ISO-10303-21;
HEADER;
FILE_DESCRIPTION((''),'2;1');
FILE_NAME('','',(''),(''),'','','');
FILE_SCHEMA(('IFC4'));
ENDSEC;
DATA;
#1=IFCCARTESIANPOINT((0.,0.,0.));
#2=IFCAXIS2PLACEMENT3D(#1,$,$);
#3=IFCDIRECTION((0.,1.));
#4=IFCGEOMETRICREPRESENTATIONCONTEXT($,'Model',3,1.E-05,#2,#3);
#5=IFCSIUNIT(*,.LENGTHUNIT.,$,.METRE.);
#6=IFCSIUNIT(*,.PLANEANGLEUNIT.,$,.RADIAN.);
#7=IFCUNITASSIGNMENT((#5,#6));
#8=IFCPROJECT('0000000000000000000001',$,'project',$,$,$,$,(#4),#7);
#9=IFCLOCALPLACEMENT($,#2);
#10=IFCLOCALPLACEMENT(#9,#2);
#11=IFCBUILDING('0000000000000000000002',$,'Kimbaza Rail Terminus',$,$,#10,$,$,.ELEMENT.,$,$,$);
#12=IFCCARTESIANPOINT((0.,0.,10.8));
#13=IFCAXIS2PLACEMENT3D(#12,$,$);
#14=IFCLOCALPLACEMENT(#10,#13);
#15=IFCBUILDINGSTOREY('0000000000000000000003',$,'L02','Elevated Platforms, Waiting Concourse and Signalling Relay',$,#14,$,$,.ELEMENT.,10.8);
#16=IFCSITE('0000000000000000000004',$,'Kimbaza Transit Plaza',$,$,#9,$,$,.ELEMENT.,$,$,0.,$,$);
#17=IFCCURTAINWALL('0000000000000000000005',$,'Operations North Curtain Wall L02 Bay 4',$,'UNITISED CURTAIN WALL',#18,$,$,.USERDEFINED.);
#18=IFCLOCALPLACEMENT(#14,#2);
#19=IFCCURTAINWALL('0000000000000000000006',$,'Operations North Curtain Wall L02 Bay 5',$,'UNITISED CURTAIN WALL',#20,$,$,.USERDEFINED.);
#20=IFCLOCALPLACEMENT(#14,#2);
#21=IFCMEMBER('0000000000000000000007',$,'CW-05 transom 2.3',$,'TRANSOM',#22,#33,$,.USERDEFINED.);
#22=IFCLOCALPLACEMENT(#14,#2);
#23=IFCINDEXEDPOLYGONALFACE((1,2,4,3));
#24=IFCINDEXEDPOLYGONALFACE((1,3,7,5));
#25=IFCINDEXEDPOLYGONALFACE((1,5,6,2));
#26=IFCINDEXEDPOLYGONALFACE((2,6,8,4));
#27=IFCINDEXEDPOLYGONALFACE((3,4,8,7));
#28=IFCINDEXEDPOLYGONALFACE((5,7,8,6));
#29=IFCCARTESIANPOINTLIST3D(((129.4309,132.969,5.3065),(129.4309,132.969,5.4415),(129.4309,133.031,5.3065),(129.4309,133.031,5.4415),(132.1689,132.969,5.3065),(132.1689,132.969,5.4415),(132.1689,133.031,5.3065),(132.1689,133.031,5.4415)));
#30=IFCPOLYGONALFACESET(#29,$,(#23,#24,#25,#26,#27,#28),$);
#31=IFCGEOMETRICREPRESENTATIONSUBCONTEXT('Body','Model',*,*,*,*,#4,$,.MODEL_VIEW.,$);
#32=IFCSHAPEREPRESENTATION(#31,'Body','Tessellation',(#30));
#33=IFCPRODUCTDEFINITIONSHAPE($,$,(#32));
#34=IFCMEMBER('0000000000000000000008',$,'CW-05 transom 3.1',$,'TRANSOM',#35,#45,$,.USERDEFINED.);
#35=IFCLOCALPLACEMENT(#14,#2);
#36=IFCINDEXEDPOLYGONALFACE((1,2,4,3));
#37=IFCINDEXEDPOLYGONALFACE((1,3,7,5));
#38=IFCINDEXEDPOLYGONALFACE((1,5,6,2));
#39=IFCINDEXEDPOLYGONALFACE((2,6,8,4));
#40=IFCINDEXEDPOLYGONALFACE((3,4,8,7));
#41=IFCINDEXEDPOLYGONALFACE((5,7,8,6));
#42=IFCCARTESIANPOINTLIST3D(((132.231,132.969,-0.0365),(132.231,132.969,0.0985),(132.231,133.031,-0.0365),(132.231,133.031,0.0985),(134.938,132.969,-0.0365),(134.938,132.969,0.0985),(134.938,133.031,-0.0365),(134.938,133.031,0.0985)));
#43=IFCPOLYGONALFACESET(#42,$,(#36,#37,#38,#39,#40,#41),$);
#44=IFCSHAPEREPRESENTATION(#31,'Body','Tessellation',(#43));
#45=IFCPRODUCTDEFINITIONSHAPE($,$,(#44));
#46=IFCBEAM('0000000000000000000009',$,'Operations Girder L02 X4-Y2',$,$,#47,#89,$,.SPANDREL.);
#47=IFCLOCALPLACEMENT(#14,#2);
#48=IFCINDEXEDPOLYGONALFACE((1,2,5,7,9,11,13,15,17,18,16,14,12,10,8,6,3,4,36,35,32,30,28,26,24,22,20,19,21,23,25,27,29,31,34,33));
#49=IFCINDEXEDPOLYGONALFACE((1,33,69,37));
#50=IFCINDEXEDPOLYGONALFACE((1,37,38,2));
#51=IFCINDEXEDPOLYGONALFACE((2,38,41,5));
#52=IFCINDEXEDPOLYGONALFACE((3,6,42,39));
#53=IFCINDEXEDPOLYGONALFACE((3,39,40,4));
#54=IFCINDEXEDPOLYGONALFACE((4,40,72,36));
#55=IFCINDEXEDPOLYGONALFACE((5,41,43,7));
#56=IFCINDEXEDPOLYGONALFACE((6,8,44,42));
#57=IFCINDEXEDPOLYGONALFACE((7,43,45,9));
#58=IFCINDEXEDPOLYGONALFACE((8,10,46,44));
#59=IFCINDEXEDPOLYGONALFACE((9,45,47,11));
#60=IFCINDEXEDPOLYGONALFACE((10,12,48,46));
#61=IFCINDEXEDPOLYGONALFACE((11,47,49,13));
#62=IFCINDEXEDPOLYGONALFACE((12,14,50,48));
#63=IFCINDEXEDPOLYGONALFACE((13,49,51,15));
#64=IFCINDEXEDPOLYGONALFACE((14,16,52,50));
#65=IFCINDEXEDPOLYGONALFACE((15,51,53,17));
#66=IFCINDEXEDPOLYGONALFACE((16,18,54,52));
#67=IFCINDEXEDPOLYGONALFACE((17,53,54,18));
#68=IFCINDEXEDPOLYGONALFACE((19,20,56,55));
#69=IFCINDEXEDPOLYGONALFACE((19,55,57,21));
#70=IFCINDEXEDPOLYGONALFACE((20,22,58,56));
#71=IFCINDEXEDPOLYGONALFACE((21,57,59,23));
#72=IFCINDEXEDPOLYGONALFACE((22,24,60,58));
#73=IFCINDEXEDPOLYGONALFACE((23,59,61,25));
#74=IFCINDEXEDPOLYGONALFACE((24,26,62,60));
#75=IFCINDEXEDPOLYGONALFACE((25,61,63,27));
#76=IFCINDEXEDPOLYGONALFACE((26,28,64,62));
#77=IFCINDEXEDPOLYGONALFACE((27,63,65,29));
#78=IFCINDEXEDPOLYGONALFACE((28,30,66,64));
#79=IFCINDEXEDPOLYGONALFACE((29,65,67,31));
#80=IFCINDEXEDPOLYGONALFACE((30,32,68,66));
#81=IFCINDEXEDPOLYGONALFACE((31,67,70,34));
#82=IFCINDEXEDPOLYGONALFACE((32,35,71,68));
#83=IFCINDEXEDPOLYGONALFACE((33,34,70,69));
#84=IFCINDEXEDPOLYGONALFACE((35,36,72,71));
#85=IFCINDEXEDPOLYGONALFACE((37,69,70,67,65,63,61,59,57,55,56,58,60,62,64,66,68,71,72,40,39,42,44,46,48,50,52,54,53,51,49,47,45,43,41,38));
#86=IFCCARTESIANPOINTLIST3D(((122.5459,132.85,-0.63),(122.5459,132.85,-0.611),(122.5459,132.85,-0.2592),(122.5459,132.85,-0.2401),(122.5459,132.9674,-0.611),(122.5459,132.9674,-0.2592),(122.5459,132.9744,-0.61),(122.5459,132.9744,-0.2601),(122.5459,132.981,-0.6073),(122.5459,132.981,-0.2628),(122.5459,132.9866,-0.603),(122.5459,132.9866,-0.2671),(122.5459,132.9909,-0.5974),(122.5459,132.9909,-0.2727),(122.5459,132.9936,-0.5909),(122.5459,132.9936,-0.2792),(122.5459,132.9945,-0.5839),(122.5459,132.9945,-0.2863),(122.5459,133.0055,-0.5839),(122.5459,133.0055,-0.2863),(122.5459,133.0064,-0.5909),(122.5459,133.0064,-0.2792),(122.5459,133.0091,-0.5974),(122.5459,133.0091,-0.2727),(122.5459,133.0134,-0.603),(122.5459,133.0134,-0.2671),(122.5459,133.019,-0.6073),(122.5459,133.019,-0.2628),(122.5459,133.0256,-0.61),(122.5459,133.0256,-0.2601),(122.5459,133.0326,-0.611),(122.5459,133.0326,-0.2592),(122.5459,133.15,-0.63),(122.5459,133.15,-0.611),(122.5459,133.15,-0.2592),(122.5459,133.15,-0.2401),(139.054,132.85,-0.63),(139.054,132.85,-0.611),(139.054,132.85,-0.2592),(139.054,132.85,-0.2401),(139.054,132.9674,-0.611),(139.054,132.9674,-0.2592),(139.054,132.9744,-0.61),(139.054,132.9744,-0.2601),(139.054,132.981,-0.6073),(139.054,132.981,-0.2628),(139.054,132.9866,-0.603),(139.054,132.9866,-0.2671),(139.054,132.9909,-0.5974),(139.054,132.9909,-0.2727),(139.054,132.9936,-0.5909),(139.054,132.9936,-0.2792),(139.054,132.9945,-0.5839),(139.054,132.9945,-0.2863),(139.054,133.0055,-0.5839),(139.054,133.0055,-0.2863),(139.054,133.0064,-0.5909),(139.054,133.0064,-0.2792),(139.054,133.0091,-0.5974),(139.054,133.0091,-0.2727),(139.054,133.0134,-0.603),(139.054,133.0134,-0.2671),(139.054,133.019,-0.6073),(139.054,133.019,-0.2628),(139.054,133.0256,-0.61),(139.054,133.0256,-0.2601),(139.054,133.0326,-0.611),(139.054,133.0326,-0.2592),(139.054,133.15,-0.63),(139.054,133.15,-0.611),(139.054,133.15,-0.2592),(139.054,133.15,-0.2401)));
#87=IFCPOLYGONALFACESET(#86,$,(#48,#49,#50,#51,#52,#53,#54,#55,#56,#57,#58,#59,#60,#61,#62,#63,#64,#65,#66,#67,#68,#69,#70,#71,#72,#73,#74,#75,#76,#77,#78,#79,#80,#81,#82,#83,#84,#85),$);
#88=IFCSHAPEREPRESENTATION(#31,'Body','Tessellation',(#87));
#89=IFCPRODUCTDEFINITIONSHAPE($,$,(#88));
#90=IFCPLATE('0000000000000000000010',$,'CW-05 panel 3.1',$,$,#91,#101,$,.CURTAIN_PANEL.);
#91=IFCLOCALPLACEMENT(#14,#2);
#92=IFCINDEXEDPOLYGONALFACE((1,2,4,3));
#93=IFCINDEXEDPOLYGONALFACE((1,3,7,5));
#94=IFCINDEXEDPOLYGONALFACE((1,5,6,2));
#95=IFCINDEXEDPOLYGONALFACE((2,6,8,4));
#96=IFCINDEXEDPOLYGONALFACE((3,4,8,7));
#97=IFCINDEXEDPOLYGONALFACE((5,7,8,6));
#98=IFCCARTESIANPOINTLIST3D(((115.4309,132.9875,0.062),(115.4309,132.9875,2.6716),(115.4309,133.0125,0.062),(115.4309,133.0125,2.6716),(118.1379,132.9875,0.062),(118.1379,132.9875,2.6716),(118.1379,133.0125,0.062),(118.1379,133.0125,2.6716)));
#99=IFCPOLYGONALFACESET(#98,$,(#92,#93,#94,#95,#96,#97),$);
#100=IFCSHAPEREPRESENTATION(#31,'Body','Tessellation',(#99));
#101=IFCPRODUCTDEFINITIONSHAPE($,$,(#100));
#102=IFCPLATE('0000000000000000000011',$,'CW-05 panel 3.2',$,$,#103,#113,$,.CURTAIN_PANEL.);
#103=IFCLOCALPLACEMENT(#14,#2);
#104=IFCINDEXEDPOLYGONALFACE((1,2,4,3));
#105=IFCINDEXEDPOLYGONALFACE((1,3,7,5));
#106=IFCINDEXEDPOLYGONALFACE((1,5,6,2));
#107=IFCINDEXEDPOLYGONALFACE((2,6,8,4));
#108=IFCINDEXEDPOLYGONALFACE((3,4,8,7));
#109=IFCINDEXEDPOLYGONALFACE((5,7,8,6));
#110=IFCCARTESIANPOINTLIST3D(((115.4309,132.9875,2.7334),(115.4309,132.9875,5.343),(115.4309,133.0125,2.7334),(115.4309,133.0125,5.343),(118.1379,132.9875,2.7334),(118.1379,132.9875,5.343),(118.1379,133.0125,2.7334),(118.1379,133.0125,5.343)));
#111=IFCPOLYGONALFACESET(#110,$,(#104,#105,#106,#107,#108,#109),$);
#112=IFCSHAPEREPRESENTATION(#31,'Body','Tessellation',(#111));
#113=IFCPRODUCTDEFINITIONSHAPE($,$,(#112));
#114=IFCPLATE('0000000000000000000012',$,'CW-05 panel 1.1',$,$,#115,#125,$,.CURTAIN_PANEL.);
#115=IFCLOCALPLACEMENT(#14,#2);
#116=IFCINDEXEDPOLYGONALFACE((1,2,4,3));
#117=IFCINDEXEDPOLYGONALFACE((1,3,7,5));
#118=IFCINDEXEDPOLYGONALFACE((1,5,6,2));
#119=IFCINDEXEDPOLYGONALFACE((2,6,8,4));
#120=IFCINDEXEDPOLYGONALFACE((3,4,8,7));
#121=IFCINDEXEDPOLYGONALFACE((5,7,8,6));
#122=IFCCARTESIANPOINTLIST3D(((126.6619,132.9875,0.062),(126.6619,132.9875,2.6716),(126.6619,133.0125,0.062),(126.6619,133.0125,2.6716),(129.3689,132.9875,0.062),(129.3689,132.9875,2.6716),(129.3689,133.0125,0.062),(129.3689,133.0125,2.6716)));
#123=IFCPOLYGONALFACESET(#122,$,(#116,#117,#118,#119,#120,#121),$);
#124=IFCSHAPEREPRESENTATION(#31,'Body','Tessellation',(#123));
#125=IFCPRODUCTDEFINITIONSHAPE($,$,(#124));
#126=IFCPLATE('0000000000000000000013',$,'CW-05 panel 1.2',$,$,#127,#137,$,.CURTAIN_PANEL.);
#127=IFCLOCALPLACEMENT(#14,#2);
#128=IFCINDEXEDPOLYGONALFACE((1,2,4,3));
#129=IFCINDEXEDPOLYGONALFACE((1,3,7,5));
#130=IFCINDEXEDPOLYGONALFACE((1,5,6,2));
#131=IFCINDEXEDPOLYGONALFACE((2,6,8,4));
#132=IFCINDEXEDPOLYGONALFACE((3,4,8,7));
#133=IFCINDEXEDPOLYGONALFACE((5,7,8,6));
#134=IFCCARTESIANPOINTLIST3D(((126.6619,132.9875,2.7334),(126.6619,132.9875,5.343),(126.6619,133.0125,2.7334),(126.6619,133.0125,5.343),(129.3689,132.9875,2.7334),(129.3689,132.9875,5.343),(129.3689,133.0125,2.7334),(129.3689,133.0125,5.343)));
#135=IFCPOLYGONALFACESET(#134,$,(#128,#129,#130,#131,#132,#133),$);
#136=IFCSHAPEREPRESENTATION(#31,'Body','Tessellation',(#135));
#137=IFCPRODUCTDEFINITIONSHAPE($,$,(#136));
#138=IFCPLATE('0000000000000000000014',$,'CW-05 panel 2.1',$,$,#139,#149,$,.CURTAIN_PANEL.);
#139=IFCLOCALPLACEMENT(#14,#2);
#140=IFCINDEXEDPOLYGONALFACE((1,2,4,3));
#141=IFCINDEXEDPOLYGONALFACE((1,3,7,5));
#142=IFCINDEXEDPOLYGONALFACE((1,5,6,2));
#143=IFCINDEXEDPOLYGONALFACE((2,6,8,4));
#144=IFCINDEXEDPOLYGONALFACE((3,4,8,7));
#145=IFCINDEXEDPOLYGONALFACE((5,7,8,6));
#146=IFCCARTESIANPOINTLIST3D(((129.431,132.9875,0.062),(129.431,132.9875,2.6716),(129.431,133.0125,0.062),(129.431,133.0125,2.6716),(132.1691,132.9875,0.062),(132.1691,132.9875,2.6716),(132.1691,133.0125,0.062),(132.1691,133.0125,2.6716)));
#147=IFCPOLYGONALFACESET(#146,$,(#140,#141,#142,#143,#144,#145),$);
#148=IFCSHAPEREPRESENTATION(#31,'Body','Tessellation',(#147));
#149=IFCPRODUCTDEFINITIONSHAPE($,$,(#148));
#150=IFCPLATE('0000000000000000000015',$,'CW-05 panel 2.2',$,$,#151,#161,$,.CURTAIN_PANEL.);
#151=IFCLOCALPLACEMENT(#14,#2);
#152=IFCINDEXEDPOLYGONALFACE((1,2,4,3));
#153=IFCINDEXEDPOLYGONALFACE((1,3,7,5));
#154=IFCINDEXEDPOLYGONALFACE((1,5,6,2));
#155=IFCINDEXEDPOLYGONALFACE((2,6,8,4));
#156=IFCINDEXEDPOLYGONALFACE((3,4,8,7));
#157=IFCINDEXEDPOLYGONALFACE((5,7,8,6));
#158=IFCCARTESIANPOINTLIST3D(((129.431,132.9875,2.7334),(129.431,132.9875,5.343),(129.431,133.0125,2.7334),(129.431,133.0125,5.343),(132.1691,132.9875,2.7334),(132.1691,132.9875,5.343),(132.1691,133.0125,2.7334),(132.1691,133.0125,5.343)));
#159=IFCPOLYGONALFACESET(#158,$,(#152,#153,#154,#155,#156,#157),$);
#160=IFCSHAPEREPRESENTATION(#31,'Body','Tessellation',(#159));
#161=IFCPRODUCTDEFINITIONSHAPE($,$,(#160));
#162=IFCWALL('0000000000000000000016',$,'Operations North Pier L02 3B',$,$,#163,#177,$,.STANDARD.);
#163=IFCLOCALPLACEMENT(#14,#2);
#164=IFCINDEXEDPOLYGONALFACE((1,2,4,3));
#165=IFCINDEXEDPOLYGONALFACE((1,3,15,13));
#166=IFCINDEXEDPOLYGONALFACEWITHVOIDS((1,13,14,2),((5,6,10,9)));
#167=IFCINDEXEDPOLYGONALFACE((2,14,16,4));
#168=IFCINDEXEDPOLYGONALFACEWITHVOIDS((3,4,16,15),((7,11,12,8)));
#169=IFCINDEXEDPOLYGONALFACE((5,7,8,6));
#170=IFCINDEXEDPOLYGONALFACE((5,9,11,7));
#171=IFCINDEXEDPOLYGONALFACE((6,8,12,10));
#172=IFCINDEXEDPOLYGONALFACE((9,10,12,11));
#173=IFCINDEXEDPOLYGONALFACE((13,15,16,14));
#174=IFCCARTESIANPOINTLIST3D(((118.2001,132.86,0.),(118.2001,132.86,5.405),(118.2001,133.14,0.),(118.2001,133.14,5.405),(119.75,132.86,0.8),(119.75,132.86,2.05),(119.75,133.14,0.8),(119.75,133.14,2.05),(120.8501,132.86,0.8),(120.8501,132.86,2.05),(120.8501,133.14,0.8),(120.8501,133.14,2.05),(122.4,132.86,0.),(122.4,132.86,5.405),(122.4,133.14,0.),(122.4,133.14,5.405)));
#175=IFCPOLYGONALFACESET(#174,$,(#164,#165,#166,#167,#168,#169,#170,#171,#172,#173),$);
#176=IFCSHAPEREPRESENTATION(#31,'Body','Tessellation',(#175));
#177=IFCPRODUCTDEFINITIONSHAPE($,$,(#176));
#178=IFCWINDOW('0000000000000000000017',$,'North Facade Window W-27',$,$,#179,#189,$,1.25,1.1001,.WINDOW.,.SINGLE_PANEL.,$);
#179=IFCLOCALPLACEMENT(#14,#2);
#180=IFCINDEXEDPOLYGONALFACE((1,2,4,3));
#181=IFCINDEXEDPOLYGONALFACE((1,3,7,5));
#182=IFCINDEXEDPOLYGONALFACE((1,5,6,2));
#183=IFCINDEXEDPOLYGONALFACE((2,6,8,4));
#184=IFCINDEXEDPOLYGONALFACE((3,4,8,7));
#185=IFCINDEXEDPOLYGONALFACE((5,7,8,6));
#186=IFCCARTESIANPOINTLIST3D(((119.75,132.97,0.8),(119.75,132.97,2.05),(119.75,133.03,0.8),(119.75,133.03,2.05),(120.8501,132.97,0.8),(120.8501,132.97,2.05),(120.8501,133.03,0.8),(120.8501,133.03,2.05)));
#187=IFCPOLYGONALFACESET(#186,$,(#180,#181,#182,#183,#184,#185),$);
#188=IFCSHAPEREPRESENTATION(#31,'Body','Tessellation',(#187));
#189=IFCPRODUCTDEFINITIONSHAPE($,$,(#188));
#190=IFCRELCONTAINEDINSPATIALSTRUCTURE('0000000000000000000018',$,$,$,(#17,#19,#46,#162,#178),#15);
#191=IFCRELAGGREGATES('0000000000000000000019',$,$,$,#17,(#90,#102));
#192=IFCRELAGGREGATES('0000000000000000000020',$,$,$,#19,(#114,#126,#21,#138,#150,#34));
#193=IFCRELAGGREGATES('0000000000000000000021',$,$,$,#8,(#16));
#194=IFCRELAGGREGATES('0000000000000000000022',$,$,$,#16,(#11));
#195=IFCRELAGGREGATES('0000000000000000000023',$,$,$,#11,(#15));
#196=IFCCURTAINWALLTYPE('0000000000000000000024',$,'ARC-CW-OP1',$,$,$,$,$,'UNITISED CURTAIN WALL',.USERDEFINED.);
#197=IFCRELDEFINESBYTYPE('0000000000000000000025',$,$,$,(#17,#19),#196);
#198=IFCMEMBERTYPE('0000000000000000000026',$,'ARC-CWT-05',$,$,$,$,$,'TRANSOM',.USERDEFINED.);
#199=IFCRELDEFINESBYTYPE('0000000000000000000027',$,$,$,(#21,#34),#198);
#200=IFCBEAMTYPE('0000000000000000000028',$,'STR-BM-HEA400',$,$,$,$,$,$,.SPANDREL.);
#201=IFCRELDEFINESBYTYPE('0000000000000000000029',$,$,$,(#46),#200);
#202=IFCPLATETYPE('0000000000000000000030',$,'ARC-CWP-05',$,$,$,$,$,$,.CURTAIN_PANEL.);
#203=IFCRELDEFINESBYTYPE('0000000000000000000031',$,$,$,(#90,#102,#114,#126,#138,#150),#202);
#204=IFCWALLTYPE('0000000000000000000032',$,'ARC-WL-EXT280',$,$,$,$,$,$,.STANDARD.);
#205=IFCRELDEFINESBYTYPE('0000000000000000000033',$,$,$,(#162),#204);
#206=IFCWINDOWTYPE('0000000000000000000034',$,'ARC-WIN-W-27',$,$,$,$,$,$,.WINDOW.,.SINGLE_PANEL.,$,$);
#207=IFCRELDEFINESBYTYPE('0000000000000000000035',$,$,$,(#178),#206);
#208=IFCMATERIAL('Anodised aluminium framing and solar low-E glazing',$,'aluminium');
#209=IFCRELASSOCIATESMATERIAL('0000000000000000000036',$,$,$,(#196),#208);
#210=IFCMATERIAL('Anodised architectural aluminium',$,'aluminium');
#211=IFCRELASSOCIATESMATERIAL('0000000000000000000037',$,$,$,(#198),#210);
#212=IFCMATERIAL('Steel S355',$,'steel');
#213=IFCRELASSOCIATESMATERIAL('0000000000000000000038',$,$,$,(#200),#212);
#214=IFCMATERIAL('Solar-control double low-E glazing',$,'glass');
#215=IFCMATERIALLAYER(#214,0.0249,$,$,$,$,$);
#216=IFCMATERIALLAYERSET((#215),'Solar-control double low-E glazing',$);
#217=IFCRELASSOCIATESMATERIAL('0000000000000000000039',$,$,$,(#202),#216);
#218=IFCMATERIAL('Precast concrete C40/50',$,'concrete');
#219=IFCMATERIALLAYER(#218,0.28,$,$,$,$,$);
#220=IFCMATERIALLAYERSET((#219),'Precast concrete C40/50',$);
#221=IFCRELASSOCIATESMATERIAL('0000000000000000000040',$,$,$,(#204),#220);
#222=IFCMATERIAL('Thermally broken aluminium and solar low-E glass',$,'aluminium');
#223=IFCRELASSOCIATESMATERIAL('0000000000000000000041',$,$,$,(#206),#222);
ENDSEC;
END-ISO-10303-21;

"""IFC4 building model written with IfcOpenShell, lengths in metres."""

from ifc_helpers import new_model, si_unit, direction, frame, frame_2d, origin, origin_2d, place, context, subcontext, project, spatial, rectangle, i_section, extrude, material, layer, layer_set, material_profile, profile_set, type_object, element, fill, aggregate, save


model = new_model("IFC4")

# Units and contexts
model_context = context("Model", 3, precision=1e-05, world=origin(), true_north=direction((0.0, 1.0)))
body_context = subcontext(model_context, "Body", "Model", "MODEL_VIEW")
ifc_project = project(units=[si_unit("LENGTHUNIT", "METRE"), si_unit("PLANEANGLEUNIT", "RADIAN")], contexts=[model_context])

# Site, building, storey
site_placement = place(None, origin())
site = spatial("IfcSite", under=ifc_project, at=site_placement, Name="Kimbaza Transit Plaza", CompositionType="ELEMENT", RefElevation=0.0)
building_placement = place(site_placement, origin())
building = spatial("IfcBuilding", under=site, at=building_placement, Name="Kimbaza Rail Terminus", CompositionType="ELEMENT")
storey_placement = place(building_placement, frame((0.0, 0.0, 10.8)))
storey = spatial("IfcBuildingStorey", under=building, at=storey_placement, Name="L02", Description="Elevated Platforms, Waiting Concourse and Signalling Relay", CompositionType="ELEMENT", Elevation=10.8)

# Curtain wall
ifc_material_1 = material(Name="Anodised aluminium framing and solar low-E glazing", Category="aluminium")
curtain_wall_type = type_object("IfcCurtainWallType", Name="ARC-CW-OP1", ElementType="UNITISED CURTAIN WALL", PredefinedType="USERDEFINED", material=ifc_material_1)
curtain_wall_1_placement = place(storey_placement, origin())
curtain_wall_1 = element("IfcCurtainWall", 1, at=curtain_wall_1_placement, inside=storey, type_object=curtain_wall_type, Name="Operations North Curtain Wall L02 Bay 4", ObjectType="UNITISED CURTAIN WALL", PredefinedType="USERDEFINED")

# Curtain wall
curtain_wall_2_placement = place(storey_placement, origin())
curtain_wall_2 = element("IfcCurtainWall", 2, at=curtain_wall_2_placement, inside=storey, type_object=curtain_wall_type, Name="Operations North Curtain Wall L02 Bay 5", ObjectType="UNITISED CURTAIN WALL", PredefinedType="USERDEFINED")

# Members
ifc_material_2 = material(Name="Anodised architectural aluminium", Category="aluminium")
ifc_material_profile_1 = material_profile(ifc_material_2, rectangle(XDim=0.062, YDim=0.135, at=origin_2d()), Name="TRANSOM 62x135")
ifc_profile_set_1 = profile_set([ifc_material_profile_1], Name="Anodised architectural aluminium")
member_type_1 = type_object("IfcMemberType", Name="ARC-CWT-05", ElementType="TRANSOM", PredefinedType="USERDEFINED", material=ifc_profile_set_1)
member_1_placement = place(storey_placement, frame((129.4309, 133.0, 5.374), z_axis=(1.0, 0.0, 0.0), x_axis=(0.0, 1.0, 0.0)))
member_1 = element("IfcMember", 3, at=member_1_placement, type_object=member_type_1, Name="CW-05 transom 2.3", ObjectType="TRANSOM", PredefinedType="USERDEFINED", context=body_context, shape_type="SweptSolid", body=[
    extrude(rectangle(XDim=0.062, YDim=0.135, at=origin_2d()), origin(), (0.0, 0.0, 1.0), 2.738),
])
member_2_placement = place(storey_placement, frame((132.231, 133.0, 0.031), z_axis=(1.0, 0.0, 0.0), x_axis=(0.0, 1.0, 0.0)))
member_2 = element("IfcMember", 4, at=member_2_placement, type_object=member_type_1, Name="CW-05 transom 3.1", ObjectType="TRANSOM", PredefinedType="USERDEFINED", context=body_context, shape_type="SweptSolid", body=[
    extrude(rectangle(XDim=0.062, YDim=0.135, at=origin_2d()), origin(), (0.0, 0.0, 1.0), 2.707),
])

# Beam
ifc_material_3 = material(Name="Steel S355", Category="steel")
ifc_material_profile_2 = material_profile(ifc_material_3, i_section(OverallWidth=0.3, OverallDepth=0.3899, WebThickness=0.011, FlangeThickness=0.019, FilletRadius=0.0271, at=origin_2d()), Name="HEA 400")
ifc_profile_set_2 = profile_set([ifc_material_profile_2], Name="Steel S355")
beam_type = type_object("IfcBeamType", Name="STR-BM-HEA400", PredefinedType="SPANDREL", material=ifc_profile_set_2)
beam_placement = place(storey_placement, frame((122.5459, 133.0, -0.4351), z_axis=(1.0, 0.0, 0.0), x_axis=(0.0, 1.0, 0.0)))
element("IfcBeam", 5, at=beam_placement, inside=storey, type_object=beam_type, Name="Operations Girder L02 X4-Y2", PredefinedType="SPANDREL", context=body_context, shape_type="SweptSolid", body=[
    extrude(i_section(OverallWidth=0.3, OverallDepth=0.3899, WebThickness=0.011, FlangeThickness=0.019, FilletRadius=0.0271, at=origin_2d()), origin(), (0.0, 0.0, 1.0), 16.5081),
])

# Plates
ifc_material_4 = material(Name="Solar-control double low-E glazing", Category="glass")
ifc_layer_1 = layer(ifc_material_4, 0.0249)
ifc_layer_set_1 = layer_set([ifc_layer_1], Name="Solar-control double low-E glazing")
plate_type = type_object("IfcPlateType", Name="ARC-CWP-05", PredefinedType="CURTAIN_PANEL", material=ifc_layer_set_1)
plate_1_placement = place(storey_placement, frame((116.7844, 133.0, 0.062), z_axis=(0.0, 0.0, 1.0), x_axis=(1.0, 0.0, 0.0)))
plate_1 = element("IfcPlate", 6, at=plate_1_placement, type_object=plate_type, Name="CW-05 panel 3.1", PredefinedType="CURTAIN_PANEL", context=body_context, shape_type="SweptSolid", body=[
    extrude(rectangle(XDim=2.707, YDim=0.0249, at=origin_2d()), origin(), (0.0, 0.0, 1.0), 2.6096),
])
plate_2_placement = place(storey_placement, frame((116.7844, 133.0, 2.7334), z_axis=(0.0, 0.0, 1.0), x_axis=(1.0, 0.0, 0.0)))
plate_2 = element("IfcPlate", 7, at=plate_2_placement, type_object=plate_type, Name="CW-05 panel 3.2", PredefinedType="CURTAIN_PANEL", context=body_context, shape_type="SweptSolid", body=[
    extrude(rectangle(XDim=2.707, YDim=0.0249, at=origin_2d()), origin(), (0.0, 0.0, 1.0), 2.6096),
])
aggregate(curtain_wall_1, [plate_1, plate_2])
plate_3_placement = place(storey_placement, frame((128.0154, 133.0, 0.062), z_axis=(0.0, 0.0, 1.0), x_axis=(1.0, 0.0, 0.0)))
plate_3 = element("IfcPlate", 8, at=plate_3_placement, type_object=plate_type, Name="CW-05 panel 1.1", PredefinedType="CURTAIN_PANEL", context=body_context, shape_type="SweptSolid", body=[
    extrude(rectangle(XDim=2.707, YDim=0.0249, at=origin_2d()), origin(), (0.0, 0.0, 1.0), 2.6096),
])
plate_4_placement = place(storey_placement, frame((128.0154, 133.0, 2.7334), z_axis=(0.0, 0.0, 1.0), x_axis=(1.0, 0.0, 0.0)))
plate_4 = element("IfcPlate", 9, at=plate_4_placement, type_object=plate_type, Name="CW-05 panel 1.2", PredefinedType="CURTAIN_PANEL", context=body_context, shape_type="SweptSolid", body=[
    extrude(rectangle(XDim=2.707, YDim=0.0249, at=origin_2d()), origin(), (0.0, 0.0, 1.0), 2.6096),
])
plate_5_placement = place(storey_placement, frame((130.8, 133.0, 0.062), z_axis=(0.0, 0.0, 1.0), x_axis=(1.0, 0.0, 0.0)))
plate_5 = element("IfcPlate", 10, at=plate_5_placement, type_object=plate_type, Name="CW-05 panel 2.1", PredefinedType="CURTAIN_PANEL", context=body_context, shape_type="SweptSolid", body=[
    extrude(rectangle(XDim=2.738, YDim=0.0249, at=origin_2d()), origin(), (0.0, 0.0, 1.0), 2.6096),
])
plate_6_placement = place(storey_placement, frame((130.8, 133.0, 2.7334), z_axis=(0.0, 0.0, 1.0), x_axis=(1.0, 0.0, 0.0)))
plate_6 = element("IfcPlate", 11, at=plate_6_placement, type_object=plate_type, Name="CW-05 panel 2.2", PredefinedType="CURTAIN_PANEL", context=body_context, shape_type="SweptSolid", body=[
    extrude(rectangle(XDim=2.738, YDim=0.0249, at=origin_2d()), origin(), (0.0, 0.0, 1.0), 2.6096),
])
aggregate(curtain_wall_2, [plate_3, plate_4, member_1, plate_5, plate_6, member_2])

# Wall, opening, window
ifc_material_5 = material(Name="Precast concrete C40/50", Category="concrete")
ifc_layer_2 = layer(ifc_material_5, 0.28)
ifc_layer_set_2 = layer_set([ifc_layer_2], Name="Precast concrete C40/50")
wall_type = type_object("IfcWallType", Name="ARC-WL-EXT280", PredefinedType="STANDARD", material=ifc_layer_set_2)
wall_1_placement = place(storey_placement, frame((118.2, 133.0, 0.0), z_axis=(0.0, 0.0, 1.0), x_axis=(1.0, 0.0, 0.0)))
wall_1 = element("IfcWall", 12, at=wall_1_placement, inside=storey, type_object=wall_type, Name="Operations North Pier L02 3B", PredefinedType="STANDARD", context=body_context, shape_type="SweptSolid", body=[
    extrude(rectangle(XDim=4.2, YDim=0.28, at=frame_2d((2.1001, 0.0))), origin(), (0.0, 0.0, 1.0), 5.405),
])
opening_1_placement = place(wall_1_placement, frame((1.55, 0.0, 0.8)))
opening_1 = element("IfcOpeningElement", 13, at=opening_1_placement, cuts=wall_1, PredefinedType="OPENING", context=body_context, shape_type="SweptSolid", body=[
    extrude(rectangle(XDim=1.1001, YDim=1.25, at=frame_2d((0.55, 0.625))), frame((0.0, 0.1499, 0.0), z_axis=(0.0, -1.0, 0.0), x_axis=(1.0, 0.0, 0.0)), (0.0, 0.0, 1.0), 0.3),
])
ifc_material_6 = material(Name="Thermally broken aluminium and solar low-E glass", Category="aluminium")
window_type_1 = type_object("IfcWindowType", Name="ARC-WIN-W-27", PartitioningType="SINGLE_PANEL", PredefinedType="WINDOW", material=ifc_material_6)
window_1_placement = place(opening_1_placement, origin())
window_1 = element("IfcWindow", 14, at=window_1_placement, inside=storey, type_object=window_type_1, Name="North Facade Window W-27", OverallHeight=1.25, OverallWidth=1.1001, PartitioningType="SINGLE_PANEL", PredefinedType="WINDOW", context=body_context, shape_type="SweptSolid", body=[
    extrude(rectangle(XDim=1.1001, YDim=1.25, at=frame_2d((0.55, 0.625))), frame((0.0, 0.03, 0.0), z_axis=(0.0, -1.0, 0.0), x_axis=(1.0, 0.0, 0.0)), (0.0, 0.0, 1.0), 0.0601),
])
fill(opening_1, window_1)

save(model, "model.ifc")
